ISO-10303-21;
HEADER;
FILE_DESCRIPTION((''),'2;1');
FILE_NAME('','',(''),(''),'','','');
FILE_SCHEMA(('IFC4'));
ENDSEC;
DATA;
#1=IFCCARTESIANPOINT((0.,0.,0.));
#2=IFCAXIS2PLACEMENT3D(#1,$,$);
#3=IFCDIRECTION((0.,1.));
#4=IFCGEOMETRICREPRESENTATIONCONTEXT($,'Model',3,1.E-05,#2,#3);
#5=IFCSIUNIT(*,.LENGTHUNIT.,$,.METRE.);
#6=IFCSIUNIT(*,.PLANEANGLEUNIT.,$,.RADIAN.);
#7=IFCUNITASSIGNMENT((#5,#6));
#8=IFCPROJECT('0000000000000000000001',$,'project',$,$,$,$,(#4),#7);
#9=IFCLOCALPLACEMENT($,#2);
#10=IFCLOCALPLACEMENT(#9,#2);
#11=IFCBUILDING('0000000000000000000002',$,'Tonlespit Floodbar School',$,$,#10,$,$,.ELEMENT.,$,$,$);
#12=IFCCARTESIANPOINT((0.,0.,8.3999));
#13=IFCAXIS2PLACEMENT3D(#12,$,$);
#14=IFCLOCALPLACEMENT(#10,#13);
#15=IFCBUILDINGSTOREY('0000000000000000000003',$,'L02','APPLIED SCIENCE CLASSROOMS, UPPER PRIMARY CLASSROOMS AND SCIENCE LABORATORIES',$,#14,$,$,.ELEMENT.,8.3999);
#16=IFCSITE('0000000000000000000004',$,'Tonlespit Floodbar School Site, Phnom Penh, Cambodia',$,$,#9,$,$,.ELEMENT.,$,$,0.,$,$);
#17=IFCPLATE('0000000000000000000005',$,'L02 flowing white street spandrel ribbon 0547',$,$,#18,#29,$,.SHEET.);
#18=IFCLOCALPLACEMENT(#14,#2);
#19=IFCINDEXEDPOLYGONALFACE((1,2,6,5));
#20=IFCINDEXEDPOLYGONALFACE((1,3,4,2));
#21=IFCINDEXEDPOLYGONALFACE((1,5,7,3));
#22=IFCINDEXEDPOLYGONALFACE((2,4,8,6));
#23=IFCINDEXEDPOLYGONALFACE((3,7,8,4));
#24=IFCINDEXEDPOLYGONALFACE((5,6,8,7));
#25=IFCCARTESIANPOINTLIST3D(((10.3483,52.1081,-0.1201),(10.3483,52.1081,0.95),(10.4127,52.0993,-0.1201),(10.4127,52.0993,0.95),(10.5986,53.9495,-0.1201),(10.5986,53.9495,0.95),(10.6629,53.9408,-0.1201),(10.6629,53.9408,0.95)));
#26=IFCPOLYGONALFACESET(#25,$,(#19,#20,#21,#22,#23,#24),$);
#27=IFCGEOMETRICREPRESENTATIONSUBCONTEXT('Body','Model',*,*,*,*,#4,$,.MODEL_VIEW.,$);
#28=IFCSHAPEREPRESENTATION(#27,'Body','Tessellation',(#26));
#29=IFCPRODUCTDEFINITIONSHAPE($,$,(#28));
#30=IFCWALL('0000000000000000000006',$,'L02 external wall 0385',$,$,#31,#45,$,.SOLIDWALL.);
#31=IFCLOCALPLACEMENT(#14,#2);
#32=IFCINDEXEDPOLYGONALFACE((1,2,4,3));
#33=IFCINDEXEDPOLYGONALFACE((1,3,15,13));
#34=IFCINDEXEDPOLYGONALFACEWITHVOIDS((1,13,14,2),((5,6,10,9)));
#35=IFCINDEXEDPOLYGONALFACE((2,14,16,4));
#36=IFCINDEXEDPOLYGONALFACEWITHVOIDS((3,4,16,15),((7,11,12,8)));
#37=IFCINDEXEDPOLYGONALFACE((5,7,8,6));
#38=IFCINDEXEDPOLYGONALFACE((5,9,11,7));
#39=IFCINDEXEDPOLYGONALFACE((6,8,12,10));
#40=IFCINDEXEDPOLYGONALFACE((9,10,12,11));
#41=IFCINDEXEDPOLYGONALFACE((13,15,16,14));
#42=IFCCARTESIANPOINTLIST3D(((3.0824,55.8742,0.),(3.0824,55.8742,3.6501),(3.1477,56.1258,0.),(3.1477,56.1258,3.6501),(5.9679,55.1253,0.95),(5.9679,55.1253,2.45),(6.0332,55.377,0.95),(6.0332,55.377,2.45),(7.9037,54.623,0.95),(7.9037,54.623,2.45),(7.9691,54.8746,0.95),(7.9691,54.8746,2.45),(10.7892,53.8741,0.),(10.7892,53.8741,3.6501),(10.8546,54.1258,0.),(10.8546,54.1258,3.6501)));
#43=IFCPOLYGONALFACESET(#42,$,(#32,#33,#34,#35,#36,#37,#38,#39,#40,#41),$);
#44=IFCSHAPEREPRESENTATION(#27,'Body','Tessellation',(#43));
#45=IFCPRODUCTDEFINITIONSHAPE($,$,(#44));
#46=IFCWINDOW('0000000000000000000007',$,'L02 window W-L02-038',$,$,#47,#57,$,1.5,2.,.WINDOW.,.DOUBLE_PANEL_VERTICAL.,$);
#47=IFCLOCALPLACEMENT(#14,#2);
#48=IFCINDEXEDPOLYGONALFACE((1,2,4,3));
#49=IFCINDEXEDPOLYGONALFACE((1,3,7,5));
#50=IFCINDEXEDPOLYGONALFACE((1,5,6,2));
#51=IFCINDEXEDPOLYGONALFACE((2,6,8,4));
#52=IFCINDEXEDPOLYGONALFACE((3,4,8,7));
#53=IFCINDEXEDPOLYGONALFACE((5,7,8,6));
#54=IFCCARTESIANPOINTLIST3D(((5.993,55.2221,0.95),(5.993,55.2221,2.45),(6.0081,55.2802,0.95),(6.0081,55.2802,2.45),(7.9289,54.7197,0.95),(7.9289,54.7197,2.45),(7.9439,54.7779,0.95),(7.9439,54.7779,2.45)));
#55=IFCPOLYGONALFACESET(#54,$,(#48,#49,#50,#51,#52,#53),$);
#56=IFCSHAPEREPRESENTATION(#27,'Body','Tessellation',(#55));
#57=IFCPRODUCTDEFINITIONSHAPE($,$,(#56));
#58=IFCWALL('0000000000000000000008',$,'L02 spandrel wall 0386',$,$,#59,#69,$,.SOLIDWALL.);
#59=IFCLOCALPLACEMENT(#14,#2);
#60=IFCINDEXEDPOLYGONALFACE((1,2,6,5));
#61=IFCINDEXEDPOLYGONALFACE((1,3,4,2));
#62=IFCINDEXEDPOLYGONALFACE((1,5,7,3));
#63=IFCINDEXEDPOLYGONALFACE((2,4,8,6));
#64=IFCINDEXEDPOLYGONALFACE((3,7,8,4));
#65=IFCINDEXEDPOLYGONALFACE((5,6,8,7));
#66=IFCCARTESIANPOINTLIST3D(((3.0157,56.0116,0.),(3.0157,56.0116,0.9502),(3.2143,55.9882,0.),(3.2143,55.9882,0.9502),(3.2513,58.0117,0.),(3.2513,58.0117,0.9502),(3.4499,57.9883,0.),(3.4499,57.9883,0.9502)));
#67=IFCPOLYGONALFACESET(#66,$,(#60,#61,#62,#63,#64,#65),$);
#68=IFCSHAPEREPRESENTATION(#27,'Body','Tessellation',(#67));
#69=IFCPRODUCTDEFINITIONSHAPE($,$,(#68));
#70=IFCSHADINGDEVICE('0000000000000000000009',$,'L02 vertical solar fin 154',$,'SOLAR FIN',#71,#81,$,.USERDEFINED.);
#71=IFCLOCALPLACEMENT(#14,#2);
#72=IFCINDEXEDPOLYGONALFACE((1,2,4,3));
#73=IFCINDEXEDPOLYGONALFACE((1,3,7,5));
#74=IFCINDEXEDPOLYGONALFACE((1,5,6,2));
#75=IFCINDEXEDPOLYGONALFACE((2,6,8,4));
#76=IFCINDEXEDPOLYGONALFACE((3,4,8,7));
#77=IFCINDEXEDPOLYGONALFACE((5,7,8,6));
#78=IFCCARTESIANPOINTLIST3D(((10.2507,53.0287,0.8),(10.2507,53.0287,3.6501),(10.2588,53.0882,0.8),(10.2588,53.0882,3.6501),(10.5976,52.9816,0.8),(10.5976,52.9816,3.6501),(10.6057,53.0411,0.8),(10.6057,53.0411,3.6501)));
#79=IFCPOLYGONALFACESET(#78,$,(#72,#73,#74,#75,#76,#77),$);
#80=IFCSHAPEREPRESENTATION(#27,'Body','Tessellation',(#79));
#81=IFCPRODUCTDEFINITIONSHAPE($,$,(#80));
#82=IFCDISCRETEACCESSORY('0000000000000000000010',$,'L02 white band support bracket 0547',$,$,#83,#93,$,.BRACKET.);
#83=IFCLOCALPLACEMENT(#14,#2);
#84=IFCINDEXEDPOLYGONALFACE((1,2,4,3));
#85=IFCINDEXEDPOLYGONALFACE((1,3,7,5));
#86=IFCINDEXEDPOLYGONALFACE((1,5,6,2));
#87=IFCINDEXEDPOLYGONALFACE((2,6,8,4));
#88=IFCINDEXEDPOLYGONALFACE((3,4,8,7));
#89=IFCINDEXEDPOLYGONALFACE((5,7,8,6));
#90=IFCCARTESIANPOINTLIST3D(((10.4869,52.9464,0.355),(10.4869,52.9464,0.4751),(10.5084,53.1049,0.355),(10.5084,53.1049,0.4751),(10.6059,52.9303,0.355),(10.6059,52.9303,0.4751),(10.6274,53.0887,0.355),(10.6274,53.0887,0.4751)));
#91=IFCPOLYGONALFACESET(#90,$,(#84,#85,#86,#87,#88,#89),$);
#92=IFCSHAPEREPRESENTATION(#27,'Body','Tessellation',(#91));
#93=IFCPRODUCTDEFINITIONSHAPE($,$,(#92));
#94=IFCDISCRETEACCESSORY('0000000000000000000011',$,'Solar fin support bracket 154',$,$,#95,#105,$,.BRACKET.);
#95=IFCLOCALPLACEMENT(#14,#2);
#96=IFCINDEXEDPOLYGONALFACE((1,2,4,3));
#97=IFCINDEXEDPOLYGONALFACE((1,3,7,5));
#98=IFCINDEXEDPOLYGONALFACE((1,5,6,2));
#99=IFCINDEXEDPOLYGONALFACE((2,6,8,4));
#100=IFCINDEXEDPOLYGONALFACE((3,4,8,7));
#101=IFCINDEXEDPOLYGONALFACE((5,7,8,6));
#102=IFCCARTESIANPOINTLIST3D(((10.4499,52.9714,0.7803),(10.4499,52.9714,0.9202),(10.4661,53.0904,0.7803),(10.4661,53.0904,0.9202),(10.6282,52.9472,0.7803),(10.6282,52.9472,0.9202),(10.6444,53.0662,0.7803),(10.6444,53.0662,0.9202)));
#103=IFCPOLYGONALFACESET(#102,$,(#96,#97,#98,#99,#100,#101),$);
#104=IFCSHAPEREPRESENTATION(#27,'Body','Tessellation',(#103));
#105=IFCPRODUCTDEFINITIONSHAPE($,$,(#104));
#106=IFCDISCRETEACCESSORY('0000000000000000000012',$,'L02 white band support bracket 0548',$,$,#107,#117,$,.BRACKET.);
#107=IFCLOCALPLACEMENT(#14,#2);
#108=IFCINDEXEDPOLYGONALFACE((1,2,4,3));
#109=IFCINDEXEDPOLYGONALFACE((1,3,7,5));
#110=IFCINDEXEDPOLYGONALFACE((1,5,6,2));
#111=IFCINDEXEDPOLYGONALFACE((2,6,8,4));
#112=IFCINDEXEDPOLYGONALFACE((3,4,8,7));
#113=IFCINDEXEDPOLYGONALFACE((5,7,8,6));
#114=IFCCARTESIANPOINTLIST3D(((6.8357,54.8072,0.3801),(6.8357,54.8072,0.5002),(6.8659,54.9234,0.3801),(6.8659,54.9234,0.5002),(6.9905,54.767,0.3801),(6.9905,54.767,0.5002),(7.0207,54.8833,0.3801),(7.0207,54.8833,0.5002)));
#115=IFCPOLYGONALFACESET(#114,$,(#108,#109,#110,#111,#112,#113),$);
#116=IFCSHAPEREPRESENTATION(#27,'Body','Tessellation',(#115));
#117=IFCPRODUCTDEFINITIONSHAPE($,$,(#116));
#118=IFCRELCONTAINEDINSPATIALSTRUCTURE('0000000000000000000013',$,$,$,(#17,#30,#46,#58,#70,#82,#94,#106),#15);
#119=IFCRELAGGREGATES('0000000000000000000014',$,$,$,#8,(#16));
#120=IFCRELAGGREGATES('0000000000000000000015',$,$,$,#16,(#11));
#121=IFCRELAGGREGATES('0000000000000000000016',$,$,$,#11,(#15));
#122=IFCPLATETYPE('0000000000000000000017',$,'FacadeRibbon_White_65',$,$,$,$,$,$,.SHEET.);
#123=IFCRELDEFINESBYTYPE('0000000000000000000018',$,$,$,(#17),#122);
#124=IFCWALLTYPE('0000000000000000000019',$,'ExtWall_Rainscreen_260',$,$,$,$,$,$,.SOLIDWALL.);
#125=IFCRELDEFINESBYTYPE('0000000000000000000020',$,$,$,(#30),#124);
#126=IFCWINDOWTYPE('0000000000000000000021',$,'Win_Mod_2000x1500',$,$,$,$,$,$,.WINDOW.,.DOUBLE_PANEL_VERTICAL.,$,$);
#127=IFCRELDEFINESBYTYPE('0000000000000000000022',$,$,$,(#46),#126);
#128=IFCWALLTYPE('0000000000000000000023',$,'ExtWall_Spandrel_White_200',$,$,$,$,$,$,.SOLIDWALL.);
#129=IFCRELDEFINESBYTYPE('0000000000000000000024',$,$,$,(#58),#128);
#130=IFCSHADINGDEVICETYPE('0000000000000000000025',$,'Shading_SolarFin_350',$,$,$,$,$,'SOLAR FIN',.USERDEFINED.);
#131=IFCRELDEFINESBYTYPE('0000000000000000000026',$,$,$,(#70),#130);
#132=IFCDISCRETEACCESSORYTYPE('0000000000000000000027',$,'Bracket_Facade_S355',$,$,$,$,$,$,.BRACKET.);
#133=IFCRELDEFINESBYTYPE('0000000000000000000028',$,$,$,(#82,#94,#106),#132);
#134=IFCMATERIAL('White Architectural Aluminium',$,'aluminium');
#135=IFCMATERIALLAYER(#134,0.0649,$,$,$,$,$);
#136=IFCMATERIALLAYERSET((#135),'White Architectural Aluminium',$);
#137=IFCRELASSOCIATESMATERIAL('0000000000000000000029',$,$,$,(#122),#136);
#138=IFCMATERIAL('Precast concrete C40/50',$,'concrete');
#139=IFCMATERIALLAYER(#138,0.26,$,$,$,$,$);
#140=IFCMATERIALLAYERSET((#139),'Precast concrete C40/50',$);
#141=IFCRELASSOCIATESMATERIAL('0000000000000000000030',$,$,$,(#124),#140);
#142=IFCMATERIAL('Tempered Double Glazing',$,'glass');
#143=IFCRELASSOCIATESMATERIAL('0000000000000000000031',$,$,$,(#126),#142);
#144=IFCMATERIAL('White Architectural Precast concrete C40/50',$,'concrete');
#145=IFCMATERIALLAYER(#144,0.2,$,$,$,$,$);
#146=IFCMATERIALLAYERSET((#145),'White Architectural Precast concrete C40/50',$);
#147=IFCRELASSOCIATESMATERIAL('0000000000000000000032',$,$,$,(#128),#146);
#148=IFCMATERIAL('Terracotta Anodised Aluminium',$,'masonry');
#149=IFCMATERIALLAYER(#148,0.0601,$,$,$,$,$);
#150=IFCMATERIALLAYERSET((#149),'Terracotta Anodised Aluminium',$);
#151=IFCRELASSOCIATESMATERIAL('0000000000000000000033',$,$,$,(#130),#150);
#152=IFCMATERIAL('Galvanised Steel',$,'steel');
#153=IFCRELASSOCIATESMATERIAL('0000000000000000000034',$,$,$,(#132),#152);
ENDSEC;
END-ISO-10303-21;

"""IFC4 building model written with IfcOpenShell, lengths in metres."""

from ifc_helpers import new_model, si_unit, direction, frame, frame_2d, origin, origin_2d, place, context, subcontext, project, spatial, rectangle, extrude, material, layer, layer_set, type_object, element, fill, save


model = new_model("IFC4")

# Units and contexts
model_context = context("Model", 3, precision=1e-05, world=origin(), true_north=direction((0.0, 1.0)))
body_context = subcontext(model_context, "Body", "Model", "MODEL_VIEW")
ifc_project = project(units=[si_unit("LENGTHUNIT", "METRE"), si_unit("PLANEANGLEUNIT", "RADIAN")], contexts=[model_context])

# Site, building, storey
site_placement = place(None, origin())
site = spatial("IfcSite", under=ifc_project, at=site_placement, Name="Tonlespit Floodbar School Site, Phnom Penh, Cambodia", CompositionType="ELEMENT", RefElevation=0.0)
building_placement = place(site_placement, origin())
building = spatial("IfcBuilding", under=site, at=building_placement, Name="Tonlespit Floodbar School", CompositionType="ELEMENT")
storey_placement = place(building_placement, frame((0.0, 0.0, 8.3999)))
storey = spatial("IfcBuildingStorey", under=building, at=storey_placement, Name="L02", Description="APPLIED SCIENCE CLASSROOMS, UPPER PRIMARY CLASSROOMS AND SCIENCE LABORATORIES", CompositionType="ELEMENT", Elevation=8.3999)

# Plate
ifc_material_1 = material(Name="White Architectural Aluminium", Category="aluminium")
ifc_layer_1 = layer(ifc_material_1, 0.0649)
ifc_layer_set_1 = layer_set([ifc_layer_1], Name="White Architectural Aluminium")
plate_type_1 = type_object("IfcPlateType", Name="FacadeRibbon_White_65", PredefinedType="SHEET", material=ifc_layer_set_1)
plate_1_placement = place(storey_placement, frame((10.5056, 53.0244, -0.1201), z_axis=(0.0, 0.0, 1.0), x_axis=(0.134662, 0.990892, 0.0)))
element("IfcPlate", 1, at=plate_1_placement, inside=storey, type_object=plate_type_1, Name="L02 flowing white street spandrel ribbon 0547", PredefinedType="SHEET", context=body_context, shape_type="SweptSolid", body=[
    extrude(rectangle(XDim=1.8584, YDim=0.0649, at=origin_2d()), origin(), (0.0, 0.0, 1.0), 1.0701),
])

# Wall, opening, window
ifc_material_2 = material(Name="Precast concrete C40/50", Category="concrete")
ifc_layer_2 = layer(ifc_material_2, 0.26)
ifc_layer_set_2 = layer_set([ifc_layer_2], Name="Precast concrete C40/50")
wall_type_1 = type_object("IfcWallType", Name="ExtWall_Rainscreen_260", PredefinedType="SOLIDWALL", material=ifc_layer_set_2)
wall_1_placement = place(storey_placement, frame((10.8218, 54.0, 0.0), z_axis=(0.0, 0.0, 1.0), x_axis=(-0.967938, 0.251191, 0.0)))
wall_1 = element("IfcWall", 2, at=wall_1_placement, inside=storey, type_object=wall_type_1, Name="L02 external wall 0385", PredefinedType="SOLIDWALL", context=body_context, shape_type="SweptSolid", body=[
    extrude(rectangle(XDim=7.9622, YDim=0.26, at=frame_2d((3.981, 0.0))), origin(), (0.0, 0.0, 1.0), 3.6501),
])
opening_placement = place(wall_1_placement, frame((2.981, 0.0, 0.95)))
opening = element("IfcOpeningElement", 3, at=opening_placement, cuts=wall_1, PredefinedType="OPENING", context=body_context, shape_type="SweptSolid", body=[
    extrude(rectangle(XDim=2.0, YDim=1.5, at=frame_2d((1.0, 0.75))), frame((0.0, 0.1399, 0.0), z_axis=(0.0, -1.0, 0.0), x_axis=(1.0, 0.0, 0.0)), (0.0, 0.0, 1.0), 0.28),
])
ifc_material_3 = material(Name="Tempered Double Glazing", Category="glass")
window_type = type_object("IfcWindowType", Name="Win_Mod_2000x1500", PartitioningType="DOUBLE_PANEL_VERTICAL", PredefinedType="WINDOW", material=ifc_material_3)
window_placement = place(opening_placement, origin())
window = element("IfcWindow", 4, at=window_placement, inside=storey, type_object=window_type, Name="L02 window W-L02-038", OverallHeight=1.5, OverallWidth=2.0, PartitioningType="DOUBLE_PANEL_VERTICAL", PredefinedType="WINDOW", context=body_context, shape_type="SweptSolid", body=[
    extrude(rectangle(XDim=2.0, YDim=1.5, at=frame_2d((1.0, 0.75))), frame((0.0, 0.03, 0.0), z_axis=(0.0, -1.0, 0.0), x_axis=(1.0, 0.0, 0.0)), (0.0, 0.0, 1.0), 0.0601),
])
fill(opening, window)

# Wall
ifc_material_4 = material(Name="White Architectural Precast concrete C40/50", Category="concrete")
ifc_layer_3 = layer(ifc_material_4, 0.2)
ifc_layer_set_3 = layer_set([ifc_layer_3], Name="White Architectural Precast concrete C40/50")
wall_type_2 = type_object("IfcWallType", Name="ExtWall_Spandrel_White_200", PredefinedType="SOLIDWALL", material=ifc_layer_set_3)
wall_2_placement = place(storey_placement, frame((3.115, 56.0, 0.0), z_axis=(0.0, 0.0, 1.0), x_axis=(0.116989, 0.993133, 0.0)))
element("IfcWall", 5, at=wall_2_placement, inside=storey, type_object=wall_type_2, Name="L02 spandrel wall 0386", PredefinedType="SOLIDWALL", context=body_context, shape_type="SweptSolid", body=[
    extrude(rectangle(XDim=2.0139, YDim=0.2, at=frame_2d((1.0068, 0.0))), origin(), (0.0, 0.0, 1.0), 0.9502),
])

# Shading device
ifc_material_5 = material(Name="Terracotta Anodised Aluminium", Category="masonry")
ifc_layer_4 = layer(ifc_material_5, 0.0601)
ifc_layer_set_4 = layer_set([ifc_layer_4], Name="Terracotta Anodised Aluminium")
shading_device_type = type_object("IfcShadingDeviceType", Name="Shading_SolarFin_350", ElementType="SOLAR FIN", PredefinedType="USERDEFINED", material=ifc_layer_set_4)
shading_device_placement = place(storey_placement, frame((10.4282, 53.0349, 0.8), z_axis=(0.0, 0.0, 1.0), x_axis=(0.134662, 0.990892, 0.0)))
element("IfcShadingDevice", 6, at=shading_device_placement, inside=storey, type_object=shading_device_type, Name="L02 vertical solar fin 154", ObjectType="SOLAR FIN", PredefinedType="USERDEFINED", context=body_context, shape_type="SweptSolid", body=[
    extrude(rectangle(XDim=0.0601, YDim=0.3501, at=origin_2d()), origin(), (0.0, 0.0, 1.0), 2.8501),
])

# Discrete accessories
ifc_material_6 = material(Name="Galvanised Steel", Category="steel")
discrete_accessory_type = type_object("IfcDiscreteAccessoryType", Name="Bracket_Facade_S355", PredefinedType="BRACKET", material=ifc_material_6)
discrete_accessory_1_placement = place(storey_placement, frame((10.5571, 53.0176, 0.355), z_axis=(0.0, 0.0, 1.0), x_axis=(0.134662, 0.990892, 0.0)))
element("IfcDiscreteAccessory", 7, at=discrete_accessory_1_placement, inside=storey, type_object=discrete_accessory_type, Name="L02 white band support bracket 0547", PredefinedType="BRACKET", context=body_context, shape_type="SweptSolid", body=[
    extrude(rectangle(XDim=0.1599, YDim=0.1201, at=origin_2d()), origin(), (0.0, 0.0, 1.0), 0.1201),
])
discrete_accessory_2_placement = place(storey_placement, frame((10.5471, 53.0188, 0.7803), z_axis=(0.0, 0.0, 1.0), x_axis=(0.134662, 0.990892, 0.0)))
element("IfcDiscreteAccessory", 8, at=discrete_accessory_2_placement, inside=storey, type_object=discrete_accessory_type, Name="Solar fin support bracket 154", PredefinedType="BRACKET", context=body_context, shape_type="SweptSolid", body=[
    extrude(rectangle(XDim=0.1201, YDim=0.1799, at=origin_2d()), origin(), (0.0, 0.0, 1.0), 0.1399),
])
discrete_accessory_3_placement = place(storey_placement, frame((6.9282, 54.8452, 0.3801), z_axis=(0.0, 0.0, 1.0), x_axis=(-0.967938, 0.251191, 0.0)))
element("IfcDiscreteAccessory", 9, at=discrete_accessory_3_placement, inside=storey, type_object=discrete_accessory_type, Name="L02 white band support bracket 0548", PredefinedType="BRACKET", context=body_context, shape_type="SweptSolid", body=[
    extrude(rectangle(XDim=0.1599, YDim=0.1201, at=origin_2d()), origin(), (0.0, 0.0, 1.0), 0.1201),
])

save(model, "model.ifc")
